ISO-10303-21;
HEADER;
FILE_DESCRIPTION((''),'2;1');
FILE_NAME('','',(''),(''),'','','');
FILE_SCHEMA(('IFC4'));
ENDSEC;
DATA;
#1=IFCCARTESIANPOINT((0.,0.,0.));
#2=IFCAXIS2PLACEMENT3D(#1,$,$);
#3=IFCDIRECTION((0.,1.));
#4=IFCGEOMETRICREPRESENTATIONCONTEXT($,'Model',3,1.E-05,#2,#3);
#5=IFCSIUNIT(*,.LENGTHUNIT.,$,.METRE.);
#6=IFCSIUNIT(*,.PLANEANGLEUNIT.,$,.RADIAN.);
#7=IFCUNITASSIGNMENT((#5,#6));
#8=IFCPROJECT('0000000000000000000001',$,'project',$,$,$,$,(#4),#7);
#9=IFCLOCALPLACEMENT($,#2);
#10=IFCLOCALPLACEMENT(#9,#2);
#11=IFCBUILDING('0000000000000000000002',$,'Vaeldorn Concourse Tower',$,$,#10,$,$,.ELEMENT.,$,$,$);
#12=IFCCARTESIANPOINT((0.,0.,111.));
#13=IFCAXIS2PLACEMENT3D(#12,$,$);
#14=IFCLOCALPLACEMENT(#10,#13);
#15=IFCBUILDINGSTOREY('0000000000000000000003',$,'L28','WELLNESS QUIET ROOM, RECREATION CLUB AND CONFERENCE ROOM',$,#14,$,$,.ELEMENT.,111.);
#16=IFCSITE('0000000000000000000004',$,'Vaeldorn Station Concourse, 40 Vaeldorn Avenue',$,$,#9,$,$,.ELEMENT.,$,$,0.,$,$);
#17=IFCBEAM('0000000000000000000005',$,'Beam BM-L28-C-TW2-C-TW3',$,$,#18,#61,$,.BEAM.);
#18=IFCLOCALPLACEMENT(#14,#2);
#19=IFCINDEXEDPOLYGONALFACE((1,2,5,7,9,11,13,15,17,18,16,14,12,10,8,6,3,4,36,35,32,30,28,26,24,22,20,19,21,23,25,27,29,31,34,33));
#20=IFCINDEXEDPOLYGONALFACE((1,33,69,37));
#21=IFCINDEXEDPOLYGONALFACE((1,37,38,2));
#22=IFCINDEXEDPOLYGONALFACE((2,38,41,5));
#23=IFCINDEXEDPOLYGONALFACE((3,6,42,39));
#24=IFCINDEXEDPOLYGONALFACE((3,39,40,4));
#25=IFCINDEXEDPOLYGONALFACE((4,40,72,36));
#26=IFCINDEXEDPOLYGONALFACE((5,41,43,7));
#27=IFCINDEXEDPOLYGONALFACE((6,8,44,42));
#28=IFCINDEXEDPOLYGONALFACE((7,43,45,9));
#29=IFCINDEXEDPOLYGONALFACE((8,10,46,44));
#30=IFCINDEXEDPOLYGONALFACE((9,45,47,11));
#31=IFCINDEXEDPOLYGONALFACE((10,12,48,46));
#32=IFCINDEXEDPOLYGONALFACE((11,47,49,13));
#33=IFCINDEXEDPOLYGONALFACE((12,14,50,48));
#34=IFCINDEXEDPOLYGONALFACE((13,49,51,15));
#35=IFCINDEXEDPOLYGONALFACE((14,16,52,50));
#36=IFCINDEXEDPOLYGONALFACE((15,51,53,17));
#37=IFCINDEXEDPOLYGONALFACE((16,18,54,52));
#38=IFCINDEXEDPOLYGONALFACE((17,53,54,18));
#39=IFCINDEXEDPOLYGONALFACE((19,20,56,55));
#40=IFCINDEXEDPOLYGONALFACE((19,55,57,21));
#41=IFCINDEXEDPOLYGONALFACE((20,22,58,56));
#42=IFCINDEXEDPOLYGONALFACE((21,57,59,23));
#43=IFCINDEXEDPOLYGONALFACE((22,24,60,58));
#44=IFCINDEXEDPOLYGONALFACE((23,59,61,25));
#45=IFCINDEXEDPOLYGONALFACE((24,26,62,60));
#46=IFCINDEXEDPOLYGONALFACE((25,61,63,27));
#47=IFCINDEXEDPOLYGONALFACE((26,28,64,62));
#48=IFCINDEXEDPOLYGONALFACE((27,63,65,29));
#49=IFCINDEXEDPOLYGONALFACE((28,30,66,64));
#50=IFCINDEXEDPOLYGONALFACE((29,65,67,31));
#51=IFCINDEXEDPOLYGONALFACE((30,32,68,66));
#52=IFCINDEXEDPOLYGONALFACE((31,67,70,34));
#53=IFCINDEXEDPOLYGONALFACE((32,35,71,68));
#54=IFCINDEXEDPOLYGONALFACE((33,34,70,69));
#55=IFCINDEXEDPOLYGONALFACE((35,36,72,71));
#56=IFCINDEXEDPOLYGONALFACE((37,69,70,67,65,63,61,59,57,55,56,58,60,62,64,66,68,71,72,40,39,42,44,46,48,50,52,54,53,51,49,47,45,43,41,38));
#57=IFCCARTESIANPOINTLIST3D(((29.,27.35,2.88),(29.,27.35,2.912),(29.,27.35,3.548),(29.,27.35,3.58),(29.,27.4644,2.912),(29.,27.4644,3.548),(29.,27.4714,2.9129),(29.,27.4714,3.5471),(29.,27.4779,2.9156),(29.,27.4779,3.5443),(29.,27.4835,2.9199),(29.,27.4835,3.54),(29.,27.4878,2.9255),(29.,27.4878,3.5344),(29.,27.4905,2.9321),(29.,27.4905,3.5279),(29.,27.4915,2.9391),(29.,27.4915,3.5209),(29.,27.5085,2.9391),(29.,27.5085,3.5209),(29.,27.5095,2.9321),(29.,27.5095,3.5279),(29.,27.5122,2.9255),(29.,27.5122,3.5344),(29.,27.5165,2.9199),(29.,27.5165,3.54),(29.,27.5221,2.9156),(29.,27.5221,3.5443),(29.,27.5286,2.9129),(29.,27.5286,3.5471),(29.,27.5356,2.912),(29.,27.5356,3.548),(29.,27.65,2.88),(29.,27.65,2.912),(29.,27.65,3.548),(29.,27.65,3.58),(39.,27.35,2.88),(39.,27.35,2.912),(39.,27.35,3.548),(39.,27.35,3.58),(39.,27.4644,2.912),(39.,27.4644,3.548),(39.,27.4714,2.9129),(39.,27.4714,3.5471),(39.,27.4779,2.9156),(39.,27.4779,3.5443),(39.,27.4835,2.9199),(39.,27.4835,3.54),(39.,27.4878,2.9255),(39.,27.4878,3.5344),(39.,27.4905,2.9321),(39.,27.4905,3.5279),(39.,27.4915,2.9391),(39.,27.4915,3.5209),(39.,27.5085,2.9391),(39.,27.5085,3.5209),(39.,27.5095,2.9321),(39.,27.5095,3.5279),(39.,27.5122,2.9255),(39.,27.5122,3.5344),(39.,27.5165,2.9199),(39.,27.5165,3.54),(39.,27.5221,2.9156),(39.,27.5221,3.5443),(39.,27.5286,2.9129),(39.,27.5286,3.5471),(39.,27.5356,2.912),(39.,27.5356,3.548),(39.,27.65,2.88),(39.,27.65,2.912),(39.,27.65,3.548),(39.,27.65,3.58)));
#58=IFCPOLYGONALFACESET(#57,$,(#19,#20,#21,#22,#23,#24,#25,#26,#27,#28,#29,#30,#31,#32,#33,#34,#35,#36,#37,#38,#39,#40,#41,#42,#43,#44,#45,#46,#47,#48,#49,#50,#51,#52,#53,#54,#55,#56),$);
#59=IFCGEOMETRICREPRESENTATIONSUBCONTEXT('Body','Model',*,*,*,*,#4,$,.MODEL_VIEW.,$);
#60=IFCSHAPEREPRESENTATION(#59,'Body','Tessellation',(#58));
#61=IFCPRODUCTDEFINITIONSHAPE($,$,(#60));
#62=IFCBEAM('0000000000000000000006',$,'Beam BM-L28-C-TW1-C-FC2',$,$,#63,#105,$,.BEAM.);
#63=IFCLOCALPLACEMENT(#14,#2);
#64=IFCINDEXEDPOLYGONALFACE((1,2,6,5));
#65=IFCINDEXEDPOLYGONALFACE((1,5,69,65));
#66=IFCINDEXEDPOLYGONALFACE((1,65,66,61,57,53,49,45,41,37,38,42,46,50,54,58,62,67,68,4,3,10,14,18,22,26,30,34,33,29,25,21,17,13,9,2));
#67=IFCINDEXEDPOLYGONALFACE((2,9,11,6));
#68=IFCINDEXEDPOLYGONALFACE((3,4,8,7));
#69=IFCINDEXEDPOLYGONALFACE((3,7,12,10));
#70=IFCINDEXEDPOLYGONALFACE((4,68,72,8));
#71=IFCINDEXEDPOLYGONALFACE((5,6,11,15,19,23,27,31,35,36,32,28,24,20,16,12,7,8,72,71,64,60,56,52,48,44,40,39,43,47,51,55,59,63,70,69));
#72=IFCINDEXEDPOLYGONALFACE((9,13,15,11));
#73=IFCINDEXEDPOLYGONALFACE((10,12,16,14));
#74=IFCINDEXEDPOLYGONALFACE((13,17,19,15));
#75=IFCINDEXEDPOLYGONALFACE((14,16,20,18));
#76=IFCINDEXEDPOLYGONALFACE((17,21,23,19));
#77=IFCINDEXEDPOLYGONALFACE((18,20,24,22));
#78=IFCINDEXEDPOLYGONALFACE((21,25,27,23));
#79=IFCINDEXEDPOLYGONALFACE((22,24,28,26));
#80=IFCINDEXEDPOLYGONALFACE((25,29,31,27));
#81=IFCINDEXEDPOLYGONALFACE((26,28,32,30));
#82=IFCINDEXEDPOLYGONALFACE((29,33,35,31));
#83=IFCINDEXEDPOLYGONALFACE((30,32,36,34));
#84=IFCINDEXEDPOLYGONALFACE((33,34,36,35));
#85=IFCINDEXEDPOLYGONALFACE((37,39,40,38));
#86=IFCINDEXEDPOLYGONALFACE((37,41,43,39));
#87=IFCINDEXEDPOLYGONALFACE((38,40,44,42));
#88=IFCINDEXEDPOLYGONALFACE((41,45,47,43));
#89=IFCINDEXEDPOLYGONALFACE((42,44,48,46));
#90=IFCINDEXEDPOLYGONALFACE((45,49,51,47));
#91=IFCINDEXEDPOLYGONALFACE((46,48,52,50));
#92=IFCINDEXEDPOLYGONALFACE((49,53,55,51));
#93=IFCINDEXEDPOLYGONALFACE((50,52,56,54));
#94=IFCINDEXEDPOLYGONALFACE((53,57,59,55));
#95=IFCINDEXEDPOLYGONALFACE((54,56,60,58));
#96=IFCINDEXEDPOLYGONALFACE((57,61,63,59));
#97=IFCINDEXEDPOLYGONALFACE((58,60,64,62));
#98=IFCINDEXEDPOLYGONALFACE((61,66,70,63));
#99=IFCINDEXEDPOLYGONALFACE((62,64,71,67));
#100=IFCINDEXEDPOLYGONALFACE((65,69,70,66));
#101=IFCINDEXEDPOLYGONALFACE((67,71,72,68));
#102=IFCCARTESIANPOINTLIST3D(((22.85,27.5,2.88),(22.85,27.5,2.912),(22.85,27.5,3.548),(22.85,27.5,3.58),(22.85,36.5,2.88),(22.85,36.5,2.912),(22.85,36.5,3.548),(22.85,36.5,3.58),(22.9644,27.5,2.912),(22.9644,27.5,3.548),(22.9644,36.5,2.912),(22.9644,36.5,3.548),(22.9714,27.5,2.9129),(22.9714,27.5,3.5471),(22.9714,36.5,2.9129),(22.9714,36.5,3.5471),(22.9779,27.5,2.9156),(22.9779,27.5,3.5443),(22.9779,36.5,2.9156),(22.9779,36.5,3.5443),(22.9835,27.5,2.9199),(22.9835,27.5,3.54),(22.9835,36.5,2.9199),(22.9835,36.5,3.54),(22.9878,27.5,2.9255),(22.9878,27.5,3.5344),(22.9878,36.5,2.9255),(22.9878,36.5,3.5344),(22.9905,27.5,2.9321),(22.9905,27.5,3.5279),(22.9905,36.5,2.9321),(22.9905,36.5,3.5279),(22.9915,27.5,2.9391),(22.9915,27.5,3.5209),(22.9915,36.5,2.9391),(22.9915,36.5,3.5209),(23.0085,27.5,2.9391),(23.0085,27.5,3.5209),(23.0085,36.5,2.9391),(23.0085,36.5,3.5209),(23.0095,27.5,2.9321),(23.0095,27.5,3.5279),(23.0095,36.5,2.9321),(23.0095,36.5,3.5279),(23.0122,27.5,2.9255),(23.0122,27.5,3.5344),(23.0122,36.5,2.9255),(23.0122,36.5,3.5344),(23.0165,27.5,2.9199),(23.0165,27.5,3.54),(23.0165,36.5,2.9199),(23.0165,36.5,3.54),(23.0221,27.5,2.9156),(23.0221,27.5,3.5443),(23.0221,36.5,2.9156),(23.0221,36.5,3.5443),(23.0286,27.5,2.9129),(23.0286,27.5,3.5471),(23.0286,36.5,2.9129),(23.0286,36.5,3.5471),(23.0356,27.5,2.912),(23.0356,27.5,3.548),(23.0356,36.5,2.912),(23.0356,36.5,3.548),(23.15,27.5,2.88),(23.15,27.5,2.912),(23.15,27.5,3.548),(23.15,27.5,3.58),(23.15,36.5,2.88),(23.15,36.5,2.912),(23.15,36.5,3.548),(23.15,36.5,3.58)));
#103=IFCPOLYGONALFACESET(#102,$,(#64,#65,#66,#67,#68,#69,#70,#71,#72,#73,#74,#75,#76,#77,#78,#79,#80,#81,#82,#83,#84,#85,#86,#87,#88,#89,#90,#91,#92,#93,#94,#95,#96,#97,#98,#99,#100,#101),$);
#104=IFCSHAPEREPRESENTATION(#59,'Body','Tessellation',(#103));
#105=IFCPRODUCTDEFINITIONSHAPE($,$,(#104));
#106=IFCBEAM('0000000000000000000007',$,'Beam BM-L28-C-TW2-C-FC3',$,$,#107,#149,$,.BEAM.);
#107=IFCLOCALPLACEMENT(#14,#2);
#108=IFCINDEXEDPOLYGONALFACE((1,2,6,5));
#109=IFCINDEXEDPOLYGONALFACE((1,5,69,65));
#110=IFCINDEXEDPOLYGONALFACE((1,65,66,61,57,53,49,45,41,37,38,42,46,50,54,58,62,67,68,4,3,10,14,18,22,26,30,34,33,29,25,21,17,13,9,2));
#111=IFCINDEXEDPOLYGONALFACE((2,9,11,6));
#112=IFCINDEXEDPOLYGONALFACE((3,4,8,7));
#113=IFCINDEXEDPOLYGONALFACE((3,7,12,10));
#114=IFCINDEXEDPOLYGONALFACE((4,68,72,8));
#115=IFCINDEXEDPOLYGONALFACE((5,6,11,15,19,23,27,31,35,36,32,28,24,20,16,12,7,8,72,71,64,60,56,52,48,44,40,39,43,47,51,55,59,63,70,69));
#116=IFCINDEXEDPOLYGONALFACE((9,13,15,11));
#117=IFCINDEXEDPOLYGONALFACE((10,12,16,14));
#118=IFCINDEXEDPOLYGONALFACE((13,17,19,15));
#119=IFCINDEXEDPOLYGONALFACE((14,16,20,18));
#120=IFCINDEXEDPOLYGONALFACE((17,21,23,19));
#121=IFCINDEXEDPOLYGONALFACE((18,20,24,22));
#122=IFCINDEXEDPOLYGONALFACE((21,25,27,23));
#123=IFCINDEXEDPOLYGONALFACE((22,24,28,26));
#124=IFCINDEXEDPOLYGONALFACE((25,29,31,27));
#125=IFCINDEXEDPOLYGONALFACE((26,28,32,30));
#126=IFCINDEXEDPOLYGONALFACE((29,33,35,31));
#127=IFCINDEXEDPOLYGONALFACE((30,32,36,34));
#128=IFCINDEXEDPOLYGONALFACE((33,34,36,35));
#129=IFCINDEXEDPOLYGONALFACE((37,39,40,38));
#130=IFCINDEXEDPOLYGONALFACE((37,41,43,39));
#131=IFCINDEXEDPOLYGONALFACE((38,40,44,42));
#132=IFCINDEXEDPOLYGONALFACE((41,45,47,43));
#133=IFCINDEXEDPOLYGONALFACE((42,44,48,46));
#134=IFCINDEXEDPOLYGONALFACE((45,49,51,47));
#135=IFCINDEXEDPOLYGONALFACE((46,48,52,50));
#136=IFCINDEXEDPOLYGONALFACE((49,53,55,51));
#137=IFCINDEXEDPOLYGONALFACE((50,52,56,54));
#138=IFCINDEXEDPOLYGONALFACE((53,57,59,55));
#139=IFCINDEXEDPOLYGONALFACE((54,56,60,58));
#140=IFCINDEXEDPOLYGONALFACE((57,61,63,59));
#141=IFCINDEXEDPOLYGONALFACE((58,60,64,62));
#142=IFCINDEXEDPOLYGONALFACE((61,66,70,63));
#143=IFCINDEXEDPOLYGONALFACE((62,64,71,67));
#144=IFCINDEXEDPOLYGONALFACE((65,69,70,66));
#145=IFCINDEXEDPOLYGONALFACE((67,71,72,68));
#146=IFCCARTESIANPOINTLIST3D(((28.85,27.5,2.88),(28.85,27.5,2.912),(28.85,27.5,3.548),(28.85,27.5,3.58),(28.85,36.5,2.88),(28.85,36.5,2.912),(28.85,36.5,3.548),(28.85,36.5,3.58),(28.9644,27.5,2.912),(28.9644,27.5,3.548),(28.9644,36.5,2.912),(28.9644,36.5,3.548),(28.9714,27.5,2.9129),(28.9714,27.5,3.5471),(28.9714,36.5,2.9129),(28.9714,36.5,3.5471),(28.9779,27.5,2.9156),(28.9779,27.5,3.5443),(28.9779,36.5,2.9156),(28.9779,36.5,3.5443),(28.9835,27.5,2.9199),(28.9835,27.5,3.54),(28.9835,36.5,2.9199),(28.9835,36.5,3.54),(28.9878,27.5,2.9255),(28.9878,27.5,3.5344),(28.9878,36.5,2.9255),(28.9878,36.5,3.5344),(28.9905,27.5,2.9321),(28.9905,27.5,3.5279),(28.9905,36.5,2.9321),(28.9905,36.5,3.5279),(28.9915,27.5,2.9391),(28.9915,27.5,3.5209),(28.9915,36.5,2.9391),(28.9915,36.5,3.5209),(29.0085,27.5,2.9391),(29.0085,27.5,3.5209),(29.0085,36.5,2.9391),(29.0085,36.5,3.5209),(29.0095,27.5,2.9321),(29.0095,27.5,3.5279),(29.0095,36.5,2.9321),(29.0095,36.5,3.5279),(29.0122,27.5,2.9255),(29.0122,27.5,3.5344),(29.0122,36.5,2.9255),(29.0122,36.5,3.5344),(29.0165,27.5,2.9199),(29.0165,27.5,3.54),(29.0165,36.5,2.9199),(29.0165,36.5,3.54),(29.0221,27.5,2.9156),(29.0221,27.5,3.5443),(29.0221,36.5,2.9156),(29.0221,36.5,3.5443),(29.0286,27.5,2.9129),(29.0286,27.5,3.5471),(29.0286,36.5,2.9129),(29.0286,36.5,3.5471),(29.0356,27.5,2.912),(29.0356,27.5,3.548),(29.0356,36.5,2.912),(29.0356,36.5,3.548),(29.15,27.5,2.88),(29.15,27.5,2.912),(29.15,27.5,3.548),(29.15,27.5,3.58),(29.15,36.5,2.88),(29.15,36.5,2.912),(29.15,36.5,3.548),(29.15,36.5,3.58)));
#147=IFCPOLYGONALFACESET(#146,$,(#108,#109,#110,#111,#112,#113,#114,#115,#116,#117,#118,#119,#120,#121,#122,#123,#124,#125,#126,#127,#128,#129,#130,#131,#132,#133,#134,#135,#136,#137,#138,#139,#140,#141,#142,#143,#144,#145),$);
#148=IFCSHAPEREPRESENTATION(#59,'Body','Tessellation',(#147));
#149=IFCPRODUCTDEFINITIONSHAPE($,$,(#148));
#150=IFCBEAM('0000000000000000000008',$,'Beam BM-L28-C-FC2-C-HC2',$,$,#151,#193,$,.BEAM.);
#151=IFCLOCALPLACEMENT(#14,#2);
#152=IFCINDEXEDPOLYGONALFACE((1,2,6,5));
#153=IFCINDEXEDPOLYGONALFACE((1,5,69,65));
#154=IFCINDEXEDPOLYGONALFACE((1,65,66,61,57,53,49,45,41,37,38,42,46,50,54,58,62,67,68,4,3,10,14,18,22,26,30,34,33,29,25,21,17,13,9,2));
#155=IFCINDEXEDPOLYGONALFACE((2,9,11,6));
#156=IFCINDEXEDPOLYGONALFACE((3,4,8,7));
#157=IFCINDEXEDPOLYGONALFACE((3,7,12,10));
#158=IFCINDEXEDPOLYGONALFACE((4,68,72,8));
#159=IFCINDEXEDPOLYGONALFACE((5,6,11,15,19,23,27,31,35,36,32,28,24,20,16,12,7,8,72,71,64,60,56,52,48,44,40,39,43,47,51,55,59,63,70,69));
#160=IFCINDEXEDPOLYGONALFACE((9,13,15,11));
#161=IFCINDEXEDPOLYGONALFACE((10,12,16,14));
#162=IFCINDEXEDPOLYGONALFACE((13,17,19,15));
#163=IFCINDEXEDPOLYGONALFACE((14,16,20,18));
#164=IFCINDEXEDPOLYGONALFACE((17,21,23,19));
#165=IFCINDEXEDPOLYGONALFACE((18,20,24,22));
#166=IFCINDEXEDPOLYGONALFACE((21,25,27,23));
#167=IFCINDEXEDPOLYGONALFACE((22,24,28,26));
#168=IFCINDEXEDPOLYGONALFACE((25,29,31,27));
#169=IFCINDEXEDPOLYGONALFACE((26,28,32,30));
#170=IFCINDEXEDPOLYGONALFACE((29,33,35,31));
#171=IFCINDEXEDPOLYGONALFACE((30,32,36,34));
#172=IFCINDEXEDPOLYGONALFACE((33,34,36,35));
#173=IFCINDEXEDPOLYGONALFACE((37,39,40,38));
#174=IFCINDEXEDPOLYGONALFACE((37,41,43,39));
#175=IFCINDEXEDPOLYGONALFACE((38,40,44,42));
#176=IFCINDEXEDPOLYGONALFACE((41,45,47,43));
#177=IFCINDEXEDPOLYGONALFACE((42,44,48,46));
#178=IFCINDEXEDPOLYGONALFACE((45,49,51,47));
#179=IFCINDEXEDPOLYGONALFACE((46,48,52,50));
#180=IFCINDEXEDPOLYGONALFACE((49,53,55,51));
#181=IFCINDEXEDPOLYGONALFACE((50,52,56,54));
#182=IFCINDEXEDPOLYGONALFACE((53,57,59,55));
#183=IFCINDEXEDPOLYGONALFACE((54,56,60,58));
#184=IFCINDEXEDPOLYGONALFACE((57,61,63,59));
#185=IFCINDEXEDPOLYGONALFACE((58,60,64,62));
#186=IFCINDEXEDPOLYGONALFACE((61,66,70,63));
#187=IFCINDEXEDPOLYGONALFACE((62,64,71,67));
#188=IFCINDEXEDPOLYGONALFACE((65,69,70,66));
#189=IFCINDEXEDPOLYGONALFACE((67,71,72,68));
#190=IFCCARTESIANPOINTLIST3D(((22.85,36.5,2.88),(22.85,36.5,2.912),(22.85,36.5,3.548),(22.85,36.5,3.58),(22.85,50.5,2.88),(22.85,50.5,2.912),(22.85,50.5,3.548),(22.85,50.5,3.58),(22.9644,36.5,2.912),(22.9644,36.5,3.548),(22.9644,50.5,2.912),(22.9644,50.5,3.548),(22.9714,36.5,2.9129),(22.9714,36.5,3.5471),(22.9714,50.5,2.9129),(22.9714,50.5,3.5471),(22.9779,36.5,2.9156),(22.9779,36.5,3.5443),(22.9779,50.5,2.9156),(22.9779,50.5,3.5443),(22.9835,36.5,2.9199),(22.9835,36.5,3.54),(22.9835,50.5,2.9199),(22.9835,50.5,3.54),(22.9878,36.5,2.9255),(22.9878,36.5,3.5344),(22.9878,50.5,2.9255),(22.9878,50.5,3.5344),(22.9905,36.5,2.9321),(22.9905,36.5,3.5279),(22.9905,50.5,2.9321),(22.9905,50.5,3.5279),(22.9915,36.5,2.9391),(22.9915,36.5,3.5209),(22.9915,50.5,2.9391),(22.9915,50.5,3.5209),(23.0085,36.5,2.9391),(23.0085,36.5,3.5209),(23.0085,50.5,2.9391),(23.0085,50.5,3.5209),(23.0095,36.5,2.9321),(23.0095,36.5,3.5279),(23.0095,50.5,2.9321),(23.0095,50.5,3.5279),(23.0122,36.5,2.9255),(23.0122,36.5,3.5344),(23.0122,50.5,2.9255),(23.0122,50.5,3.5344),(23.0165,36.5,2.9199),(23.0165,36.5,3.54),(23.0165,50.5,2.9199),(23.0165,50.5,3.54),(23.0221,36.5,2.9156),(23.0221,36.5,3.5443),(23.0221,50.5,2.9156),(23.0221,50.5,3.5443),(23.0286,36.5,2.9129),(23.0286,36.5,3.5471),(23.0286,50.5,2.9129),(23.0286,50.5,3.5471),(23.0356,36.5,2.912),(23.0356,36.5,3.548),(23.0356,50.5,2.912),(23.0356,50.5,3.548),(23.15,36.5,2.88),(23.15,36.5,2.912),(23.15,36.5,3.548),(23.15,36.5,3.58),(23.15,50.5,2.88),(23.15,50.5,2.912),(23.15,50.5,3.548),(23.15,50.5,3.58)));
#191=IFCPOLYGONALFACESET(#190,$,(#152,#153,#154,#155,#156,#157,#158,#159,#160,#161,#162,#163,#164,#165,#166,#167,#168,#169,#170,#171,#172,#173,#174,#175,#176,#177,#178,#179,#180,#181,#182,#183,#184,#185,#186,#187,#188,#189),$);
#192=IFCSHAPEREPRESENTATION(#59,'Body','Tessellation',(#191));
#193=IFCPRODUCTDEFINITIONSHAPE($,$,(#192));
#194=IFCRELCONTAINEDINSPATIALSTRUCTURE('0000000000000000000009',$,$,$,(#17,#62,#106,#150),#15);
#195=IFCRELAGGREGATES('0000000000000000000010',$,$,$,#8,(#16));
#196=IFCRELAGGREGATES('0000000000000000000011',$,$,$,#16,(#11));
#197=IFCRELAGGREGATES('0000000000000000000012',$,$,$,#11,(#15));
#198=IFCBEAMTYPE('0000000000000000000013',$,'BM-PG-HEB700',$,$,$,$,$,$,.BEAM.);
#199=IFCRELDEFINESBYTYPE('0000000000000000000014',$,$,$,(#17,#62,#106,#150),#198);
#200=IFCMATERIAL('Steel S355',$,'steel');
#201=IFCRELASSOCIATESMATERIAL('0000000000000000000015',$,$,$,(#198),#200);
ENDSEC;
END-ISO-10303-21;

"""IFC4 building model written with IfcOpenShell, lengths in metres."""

from ifc_helpers import new_model, si_unit, direction, frame, origin, origin_2d, place, context, subcontext, project, spatial, i_section, extrude, source, transform, mapped, material, material_profile, profile_set, type_object, element, save


model = new_model("IFC4")

# Units and contexts
model_context = context("Model", 3, precision=1e-05, world=origin(), true_north=direction((0.0, 1.0)))
body_context = subcontext(model_context, "Body", "Model", "MODEL_VIEW")
ifc_project = project(units=[si_unit("LENGTHUNIT", "METRE"), si_unit("PLANEANGLEUNIT", "RADIAN")], contexts=[model_context])

# Site, building, storey
site_placement = place(None, origin())
site = spatial("IfcSite", under=ifc_project, at=site_placement, Name="Vaeldorn Station Concourse, 40 Vaeldorn Avenue", CompositionType="ELEMENT", RefElevation=0.0)
building_placement = place(site_placement, origin())
building = spatial("IfcBuilding", under=site, at=building_placement, Name="Vaeldorn Concourse Tower", CompositionType="ELEMENT")
storey_placement = place(building_placement, frame((0.0, 0.0, 111.0)))
storey = spatial("IfcBuildingStorey", under=building, at=storey_placement, Name="L28", Description="WELLNESS QUIET ROOM, RECREATION CLUB AND CONFERENCE ROOM", CompositionType="ELEMENT", Elevation=111.0)

# Beams
ifc_material_1 = material(Name="Steel S355", Category="steel")
ifc_material_profile_1 = material_profile(ifc_material_1, i_section(OverallWidth=0.3, OverallDepth=0.7, WebThickness=0.0171, FlangeThickness=0.032, FilletRadius=0.0271, at=origin_2d()), Name="HEB 700")
ifc_profile_set_1 = profile_set([ifc_material_profile_1], Name="Steel S355")
beam_type_1 = type_object("IfcBeamType", Name="BM-PG-HEB700", PredefinedType="BEAM", material=ifc_profile_set_1)
shared_shape_1 = source(origin(), body_context, "Body", "SweptSolid", [
    extrude(i_section(OverallWidth=0.3, OverallDepth=0.7, WebThickness=0.0171, FlangeThickness=0.032, FilletRadius=0.0271, at=origin_2d()), origin(), (0.0, 0.0, 1.0), 10.0),
])
for number, where, z_axis, x_axis, name in (
    (1, (29.0, 27.5, 3.23), (1.0, 0.0, 0.0), (0.0, 1.0, 0.0), "Beam BM-L28-C-TW2-C-TW3"),
):
    element("IfcBeam", number, at=place(storey_placement, frame(where, z_axis=z_axis, x_axis=x_axis)), inside=storey, type_object=beam_type_1, Name=name, PredefinedType="BEAM", context=body_context, shape_type="MappedRepresentation", body=[
        mapped(shared_shape_1, transform((0.0, 0.0, 0.0), scale=1.0)),
    ])
shared_shape_2 = source(origin(), body_context, "Body", "SweptSolid", [
    extrude(i_section(OverallWidth=0.3, OverallDepth=0.7, WebThickness=0.0171, FlangeThickness=0.032, FilletRadius=0.0271, at=origin_2d()), origin(), (0.0, 0.0, 1.0), 9.0),
])
for number, where, z_axis, x_axis, name in (
    (2, (23.0, 27.5, 3.23), (0.0, 1.0, 0.0), (-1.0, 0.0, 0.0), "Beam BM-L28-C-TW1-C-FC2"),
    (3, (29.0, 27.5, 3.23), (0.0, 1.0, 0.0), (-1.0, 0.0, 0.0), "Beam BM-L28-C-TW2-C-FC3"),
):
    element("IfcBeam", number, at=place(storey_placement, frame(where, z_axis=z_axis, x_axis=x_axis)), inside=storey, type_object=beam_type_1, Name=name, PredefinedType="BEAM", context=body_context, shape_type="MappedRepresentation", body=[
        mapped(shared_shape_2, transform((0.0, 0.0, 0.0), scale=1.0)),
    ])
shared_shape_3 = source(origin(), body_context, "Body", "SweptSolid", [
    extrude(i_section(OverallWidth=0.3, OverallDepth=0.7, WebThickness=0.0171, FlangeThickness=0.032, FilletRadius=0.0271, at=origin_2d()), origin(), (0.0, 0.0, 1.0), 14.0),
])
beam_placement = place(storey_placement, frame((23.0, 36.5, 3.23), z_axis=(0.0, 1.0, 0.0), x_axis=(-1.0, 0.0, 0.0)))
element("IfcBeam", 4, at=beam_placement, inside=storey, type_object=beam_type_1, Name="Beam BM-L28-C-FC2-C-HC2", PredefinedType="BEAM", context=body_context, shape_type="MappedRepresentation", body=[
    mapped(shared_shape_3, transform((0.0, 0.0, 0.0), scale=1.0)),
])

save(model, "model.ifc")
